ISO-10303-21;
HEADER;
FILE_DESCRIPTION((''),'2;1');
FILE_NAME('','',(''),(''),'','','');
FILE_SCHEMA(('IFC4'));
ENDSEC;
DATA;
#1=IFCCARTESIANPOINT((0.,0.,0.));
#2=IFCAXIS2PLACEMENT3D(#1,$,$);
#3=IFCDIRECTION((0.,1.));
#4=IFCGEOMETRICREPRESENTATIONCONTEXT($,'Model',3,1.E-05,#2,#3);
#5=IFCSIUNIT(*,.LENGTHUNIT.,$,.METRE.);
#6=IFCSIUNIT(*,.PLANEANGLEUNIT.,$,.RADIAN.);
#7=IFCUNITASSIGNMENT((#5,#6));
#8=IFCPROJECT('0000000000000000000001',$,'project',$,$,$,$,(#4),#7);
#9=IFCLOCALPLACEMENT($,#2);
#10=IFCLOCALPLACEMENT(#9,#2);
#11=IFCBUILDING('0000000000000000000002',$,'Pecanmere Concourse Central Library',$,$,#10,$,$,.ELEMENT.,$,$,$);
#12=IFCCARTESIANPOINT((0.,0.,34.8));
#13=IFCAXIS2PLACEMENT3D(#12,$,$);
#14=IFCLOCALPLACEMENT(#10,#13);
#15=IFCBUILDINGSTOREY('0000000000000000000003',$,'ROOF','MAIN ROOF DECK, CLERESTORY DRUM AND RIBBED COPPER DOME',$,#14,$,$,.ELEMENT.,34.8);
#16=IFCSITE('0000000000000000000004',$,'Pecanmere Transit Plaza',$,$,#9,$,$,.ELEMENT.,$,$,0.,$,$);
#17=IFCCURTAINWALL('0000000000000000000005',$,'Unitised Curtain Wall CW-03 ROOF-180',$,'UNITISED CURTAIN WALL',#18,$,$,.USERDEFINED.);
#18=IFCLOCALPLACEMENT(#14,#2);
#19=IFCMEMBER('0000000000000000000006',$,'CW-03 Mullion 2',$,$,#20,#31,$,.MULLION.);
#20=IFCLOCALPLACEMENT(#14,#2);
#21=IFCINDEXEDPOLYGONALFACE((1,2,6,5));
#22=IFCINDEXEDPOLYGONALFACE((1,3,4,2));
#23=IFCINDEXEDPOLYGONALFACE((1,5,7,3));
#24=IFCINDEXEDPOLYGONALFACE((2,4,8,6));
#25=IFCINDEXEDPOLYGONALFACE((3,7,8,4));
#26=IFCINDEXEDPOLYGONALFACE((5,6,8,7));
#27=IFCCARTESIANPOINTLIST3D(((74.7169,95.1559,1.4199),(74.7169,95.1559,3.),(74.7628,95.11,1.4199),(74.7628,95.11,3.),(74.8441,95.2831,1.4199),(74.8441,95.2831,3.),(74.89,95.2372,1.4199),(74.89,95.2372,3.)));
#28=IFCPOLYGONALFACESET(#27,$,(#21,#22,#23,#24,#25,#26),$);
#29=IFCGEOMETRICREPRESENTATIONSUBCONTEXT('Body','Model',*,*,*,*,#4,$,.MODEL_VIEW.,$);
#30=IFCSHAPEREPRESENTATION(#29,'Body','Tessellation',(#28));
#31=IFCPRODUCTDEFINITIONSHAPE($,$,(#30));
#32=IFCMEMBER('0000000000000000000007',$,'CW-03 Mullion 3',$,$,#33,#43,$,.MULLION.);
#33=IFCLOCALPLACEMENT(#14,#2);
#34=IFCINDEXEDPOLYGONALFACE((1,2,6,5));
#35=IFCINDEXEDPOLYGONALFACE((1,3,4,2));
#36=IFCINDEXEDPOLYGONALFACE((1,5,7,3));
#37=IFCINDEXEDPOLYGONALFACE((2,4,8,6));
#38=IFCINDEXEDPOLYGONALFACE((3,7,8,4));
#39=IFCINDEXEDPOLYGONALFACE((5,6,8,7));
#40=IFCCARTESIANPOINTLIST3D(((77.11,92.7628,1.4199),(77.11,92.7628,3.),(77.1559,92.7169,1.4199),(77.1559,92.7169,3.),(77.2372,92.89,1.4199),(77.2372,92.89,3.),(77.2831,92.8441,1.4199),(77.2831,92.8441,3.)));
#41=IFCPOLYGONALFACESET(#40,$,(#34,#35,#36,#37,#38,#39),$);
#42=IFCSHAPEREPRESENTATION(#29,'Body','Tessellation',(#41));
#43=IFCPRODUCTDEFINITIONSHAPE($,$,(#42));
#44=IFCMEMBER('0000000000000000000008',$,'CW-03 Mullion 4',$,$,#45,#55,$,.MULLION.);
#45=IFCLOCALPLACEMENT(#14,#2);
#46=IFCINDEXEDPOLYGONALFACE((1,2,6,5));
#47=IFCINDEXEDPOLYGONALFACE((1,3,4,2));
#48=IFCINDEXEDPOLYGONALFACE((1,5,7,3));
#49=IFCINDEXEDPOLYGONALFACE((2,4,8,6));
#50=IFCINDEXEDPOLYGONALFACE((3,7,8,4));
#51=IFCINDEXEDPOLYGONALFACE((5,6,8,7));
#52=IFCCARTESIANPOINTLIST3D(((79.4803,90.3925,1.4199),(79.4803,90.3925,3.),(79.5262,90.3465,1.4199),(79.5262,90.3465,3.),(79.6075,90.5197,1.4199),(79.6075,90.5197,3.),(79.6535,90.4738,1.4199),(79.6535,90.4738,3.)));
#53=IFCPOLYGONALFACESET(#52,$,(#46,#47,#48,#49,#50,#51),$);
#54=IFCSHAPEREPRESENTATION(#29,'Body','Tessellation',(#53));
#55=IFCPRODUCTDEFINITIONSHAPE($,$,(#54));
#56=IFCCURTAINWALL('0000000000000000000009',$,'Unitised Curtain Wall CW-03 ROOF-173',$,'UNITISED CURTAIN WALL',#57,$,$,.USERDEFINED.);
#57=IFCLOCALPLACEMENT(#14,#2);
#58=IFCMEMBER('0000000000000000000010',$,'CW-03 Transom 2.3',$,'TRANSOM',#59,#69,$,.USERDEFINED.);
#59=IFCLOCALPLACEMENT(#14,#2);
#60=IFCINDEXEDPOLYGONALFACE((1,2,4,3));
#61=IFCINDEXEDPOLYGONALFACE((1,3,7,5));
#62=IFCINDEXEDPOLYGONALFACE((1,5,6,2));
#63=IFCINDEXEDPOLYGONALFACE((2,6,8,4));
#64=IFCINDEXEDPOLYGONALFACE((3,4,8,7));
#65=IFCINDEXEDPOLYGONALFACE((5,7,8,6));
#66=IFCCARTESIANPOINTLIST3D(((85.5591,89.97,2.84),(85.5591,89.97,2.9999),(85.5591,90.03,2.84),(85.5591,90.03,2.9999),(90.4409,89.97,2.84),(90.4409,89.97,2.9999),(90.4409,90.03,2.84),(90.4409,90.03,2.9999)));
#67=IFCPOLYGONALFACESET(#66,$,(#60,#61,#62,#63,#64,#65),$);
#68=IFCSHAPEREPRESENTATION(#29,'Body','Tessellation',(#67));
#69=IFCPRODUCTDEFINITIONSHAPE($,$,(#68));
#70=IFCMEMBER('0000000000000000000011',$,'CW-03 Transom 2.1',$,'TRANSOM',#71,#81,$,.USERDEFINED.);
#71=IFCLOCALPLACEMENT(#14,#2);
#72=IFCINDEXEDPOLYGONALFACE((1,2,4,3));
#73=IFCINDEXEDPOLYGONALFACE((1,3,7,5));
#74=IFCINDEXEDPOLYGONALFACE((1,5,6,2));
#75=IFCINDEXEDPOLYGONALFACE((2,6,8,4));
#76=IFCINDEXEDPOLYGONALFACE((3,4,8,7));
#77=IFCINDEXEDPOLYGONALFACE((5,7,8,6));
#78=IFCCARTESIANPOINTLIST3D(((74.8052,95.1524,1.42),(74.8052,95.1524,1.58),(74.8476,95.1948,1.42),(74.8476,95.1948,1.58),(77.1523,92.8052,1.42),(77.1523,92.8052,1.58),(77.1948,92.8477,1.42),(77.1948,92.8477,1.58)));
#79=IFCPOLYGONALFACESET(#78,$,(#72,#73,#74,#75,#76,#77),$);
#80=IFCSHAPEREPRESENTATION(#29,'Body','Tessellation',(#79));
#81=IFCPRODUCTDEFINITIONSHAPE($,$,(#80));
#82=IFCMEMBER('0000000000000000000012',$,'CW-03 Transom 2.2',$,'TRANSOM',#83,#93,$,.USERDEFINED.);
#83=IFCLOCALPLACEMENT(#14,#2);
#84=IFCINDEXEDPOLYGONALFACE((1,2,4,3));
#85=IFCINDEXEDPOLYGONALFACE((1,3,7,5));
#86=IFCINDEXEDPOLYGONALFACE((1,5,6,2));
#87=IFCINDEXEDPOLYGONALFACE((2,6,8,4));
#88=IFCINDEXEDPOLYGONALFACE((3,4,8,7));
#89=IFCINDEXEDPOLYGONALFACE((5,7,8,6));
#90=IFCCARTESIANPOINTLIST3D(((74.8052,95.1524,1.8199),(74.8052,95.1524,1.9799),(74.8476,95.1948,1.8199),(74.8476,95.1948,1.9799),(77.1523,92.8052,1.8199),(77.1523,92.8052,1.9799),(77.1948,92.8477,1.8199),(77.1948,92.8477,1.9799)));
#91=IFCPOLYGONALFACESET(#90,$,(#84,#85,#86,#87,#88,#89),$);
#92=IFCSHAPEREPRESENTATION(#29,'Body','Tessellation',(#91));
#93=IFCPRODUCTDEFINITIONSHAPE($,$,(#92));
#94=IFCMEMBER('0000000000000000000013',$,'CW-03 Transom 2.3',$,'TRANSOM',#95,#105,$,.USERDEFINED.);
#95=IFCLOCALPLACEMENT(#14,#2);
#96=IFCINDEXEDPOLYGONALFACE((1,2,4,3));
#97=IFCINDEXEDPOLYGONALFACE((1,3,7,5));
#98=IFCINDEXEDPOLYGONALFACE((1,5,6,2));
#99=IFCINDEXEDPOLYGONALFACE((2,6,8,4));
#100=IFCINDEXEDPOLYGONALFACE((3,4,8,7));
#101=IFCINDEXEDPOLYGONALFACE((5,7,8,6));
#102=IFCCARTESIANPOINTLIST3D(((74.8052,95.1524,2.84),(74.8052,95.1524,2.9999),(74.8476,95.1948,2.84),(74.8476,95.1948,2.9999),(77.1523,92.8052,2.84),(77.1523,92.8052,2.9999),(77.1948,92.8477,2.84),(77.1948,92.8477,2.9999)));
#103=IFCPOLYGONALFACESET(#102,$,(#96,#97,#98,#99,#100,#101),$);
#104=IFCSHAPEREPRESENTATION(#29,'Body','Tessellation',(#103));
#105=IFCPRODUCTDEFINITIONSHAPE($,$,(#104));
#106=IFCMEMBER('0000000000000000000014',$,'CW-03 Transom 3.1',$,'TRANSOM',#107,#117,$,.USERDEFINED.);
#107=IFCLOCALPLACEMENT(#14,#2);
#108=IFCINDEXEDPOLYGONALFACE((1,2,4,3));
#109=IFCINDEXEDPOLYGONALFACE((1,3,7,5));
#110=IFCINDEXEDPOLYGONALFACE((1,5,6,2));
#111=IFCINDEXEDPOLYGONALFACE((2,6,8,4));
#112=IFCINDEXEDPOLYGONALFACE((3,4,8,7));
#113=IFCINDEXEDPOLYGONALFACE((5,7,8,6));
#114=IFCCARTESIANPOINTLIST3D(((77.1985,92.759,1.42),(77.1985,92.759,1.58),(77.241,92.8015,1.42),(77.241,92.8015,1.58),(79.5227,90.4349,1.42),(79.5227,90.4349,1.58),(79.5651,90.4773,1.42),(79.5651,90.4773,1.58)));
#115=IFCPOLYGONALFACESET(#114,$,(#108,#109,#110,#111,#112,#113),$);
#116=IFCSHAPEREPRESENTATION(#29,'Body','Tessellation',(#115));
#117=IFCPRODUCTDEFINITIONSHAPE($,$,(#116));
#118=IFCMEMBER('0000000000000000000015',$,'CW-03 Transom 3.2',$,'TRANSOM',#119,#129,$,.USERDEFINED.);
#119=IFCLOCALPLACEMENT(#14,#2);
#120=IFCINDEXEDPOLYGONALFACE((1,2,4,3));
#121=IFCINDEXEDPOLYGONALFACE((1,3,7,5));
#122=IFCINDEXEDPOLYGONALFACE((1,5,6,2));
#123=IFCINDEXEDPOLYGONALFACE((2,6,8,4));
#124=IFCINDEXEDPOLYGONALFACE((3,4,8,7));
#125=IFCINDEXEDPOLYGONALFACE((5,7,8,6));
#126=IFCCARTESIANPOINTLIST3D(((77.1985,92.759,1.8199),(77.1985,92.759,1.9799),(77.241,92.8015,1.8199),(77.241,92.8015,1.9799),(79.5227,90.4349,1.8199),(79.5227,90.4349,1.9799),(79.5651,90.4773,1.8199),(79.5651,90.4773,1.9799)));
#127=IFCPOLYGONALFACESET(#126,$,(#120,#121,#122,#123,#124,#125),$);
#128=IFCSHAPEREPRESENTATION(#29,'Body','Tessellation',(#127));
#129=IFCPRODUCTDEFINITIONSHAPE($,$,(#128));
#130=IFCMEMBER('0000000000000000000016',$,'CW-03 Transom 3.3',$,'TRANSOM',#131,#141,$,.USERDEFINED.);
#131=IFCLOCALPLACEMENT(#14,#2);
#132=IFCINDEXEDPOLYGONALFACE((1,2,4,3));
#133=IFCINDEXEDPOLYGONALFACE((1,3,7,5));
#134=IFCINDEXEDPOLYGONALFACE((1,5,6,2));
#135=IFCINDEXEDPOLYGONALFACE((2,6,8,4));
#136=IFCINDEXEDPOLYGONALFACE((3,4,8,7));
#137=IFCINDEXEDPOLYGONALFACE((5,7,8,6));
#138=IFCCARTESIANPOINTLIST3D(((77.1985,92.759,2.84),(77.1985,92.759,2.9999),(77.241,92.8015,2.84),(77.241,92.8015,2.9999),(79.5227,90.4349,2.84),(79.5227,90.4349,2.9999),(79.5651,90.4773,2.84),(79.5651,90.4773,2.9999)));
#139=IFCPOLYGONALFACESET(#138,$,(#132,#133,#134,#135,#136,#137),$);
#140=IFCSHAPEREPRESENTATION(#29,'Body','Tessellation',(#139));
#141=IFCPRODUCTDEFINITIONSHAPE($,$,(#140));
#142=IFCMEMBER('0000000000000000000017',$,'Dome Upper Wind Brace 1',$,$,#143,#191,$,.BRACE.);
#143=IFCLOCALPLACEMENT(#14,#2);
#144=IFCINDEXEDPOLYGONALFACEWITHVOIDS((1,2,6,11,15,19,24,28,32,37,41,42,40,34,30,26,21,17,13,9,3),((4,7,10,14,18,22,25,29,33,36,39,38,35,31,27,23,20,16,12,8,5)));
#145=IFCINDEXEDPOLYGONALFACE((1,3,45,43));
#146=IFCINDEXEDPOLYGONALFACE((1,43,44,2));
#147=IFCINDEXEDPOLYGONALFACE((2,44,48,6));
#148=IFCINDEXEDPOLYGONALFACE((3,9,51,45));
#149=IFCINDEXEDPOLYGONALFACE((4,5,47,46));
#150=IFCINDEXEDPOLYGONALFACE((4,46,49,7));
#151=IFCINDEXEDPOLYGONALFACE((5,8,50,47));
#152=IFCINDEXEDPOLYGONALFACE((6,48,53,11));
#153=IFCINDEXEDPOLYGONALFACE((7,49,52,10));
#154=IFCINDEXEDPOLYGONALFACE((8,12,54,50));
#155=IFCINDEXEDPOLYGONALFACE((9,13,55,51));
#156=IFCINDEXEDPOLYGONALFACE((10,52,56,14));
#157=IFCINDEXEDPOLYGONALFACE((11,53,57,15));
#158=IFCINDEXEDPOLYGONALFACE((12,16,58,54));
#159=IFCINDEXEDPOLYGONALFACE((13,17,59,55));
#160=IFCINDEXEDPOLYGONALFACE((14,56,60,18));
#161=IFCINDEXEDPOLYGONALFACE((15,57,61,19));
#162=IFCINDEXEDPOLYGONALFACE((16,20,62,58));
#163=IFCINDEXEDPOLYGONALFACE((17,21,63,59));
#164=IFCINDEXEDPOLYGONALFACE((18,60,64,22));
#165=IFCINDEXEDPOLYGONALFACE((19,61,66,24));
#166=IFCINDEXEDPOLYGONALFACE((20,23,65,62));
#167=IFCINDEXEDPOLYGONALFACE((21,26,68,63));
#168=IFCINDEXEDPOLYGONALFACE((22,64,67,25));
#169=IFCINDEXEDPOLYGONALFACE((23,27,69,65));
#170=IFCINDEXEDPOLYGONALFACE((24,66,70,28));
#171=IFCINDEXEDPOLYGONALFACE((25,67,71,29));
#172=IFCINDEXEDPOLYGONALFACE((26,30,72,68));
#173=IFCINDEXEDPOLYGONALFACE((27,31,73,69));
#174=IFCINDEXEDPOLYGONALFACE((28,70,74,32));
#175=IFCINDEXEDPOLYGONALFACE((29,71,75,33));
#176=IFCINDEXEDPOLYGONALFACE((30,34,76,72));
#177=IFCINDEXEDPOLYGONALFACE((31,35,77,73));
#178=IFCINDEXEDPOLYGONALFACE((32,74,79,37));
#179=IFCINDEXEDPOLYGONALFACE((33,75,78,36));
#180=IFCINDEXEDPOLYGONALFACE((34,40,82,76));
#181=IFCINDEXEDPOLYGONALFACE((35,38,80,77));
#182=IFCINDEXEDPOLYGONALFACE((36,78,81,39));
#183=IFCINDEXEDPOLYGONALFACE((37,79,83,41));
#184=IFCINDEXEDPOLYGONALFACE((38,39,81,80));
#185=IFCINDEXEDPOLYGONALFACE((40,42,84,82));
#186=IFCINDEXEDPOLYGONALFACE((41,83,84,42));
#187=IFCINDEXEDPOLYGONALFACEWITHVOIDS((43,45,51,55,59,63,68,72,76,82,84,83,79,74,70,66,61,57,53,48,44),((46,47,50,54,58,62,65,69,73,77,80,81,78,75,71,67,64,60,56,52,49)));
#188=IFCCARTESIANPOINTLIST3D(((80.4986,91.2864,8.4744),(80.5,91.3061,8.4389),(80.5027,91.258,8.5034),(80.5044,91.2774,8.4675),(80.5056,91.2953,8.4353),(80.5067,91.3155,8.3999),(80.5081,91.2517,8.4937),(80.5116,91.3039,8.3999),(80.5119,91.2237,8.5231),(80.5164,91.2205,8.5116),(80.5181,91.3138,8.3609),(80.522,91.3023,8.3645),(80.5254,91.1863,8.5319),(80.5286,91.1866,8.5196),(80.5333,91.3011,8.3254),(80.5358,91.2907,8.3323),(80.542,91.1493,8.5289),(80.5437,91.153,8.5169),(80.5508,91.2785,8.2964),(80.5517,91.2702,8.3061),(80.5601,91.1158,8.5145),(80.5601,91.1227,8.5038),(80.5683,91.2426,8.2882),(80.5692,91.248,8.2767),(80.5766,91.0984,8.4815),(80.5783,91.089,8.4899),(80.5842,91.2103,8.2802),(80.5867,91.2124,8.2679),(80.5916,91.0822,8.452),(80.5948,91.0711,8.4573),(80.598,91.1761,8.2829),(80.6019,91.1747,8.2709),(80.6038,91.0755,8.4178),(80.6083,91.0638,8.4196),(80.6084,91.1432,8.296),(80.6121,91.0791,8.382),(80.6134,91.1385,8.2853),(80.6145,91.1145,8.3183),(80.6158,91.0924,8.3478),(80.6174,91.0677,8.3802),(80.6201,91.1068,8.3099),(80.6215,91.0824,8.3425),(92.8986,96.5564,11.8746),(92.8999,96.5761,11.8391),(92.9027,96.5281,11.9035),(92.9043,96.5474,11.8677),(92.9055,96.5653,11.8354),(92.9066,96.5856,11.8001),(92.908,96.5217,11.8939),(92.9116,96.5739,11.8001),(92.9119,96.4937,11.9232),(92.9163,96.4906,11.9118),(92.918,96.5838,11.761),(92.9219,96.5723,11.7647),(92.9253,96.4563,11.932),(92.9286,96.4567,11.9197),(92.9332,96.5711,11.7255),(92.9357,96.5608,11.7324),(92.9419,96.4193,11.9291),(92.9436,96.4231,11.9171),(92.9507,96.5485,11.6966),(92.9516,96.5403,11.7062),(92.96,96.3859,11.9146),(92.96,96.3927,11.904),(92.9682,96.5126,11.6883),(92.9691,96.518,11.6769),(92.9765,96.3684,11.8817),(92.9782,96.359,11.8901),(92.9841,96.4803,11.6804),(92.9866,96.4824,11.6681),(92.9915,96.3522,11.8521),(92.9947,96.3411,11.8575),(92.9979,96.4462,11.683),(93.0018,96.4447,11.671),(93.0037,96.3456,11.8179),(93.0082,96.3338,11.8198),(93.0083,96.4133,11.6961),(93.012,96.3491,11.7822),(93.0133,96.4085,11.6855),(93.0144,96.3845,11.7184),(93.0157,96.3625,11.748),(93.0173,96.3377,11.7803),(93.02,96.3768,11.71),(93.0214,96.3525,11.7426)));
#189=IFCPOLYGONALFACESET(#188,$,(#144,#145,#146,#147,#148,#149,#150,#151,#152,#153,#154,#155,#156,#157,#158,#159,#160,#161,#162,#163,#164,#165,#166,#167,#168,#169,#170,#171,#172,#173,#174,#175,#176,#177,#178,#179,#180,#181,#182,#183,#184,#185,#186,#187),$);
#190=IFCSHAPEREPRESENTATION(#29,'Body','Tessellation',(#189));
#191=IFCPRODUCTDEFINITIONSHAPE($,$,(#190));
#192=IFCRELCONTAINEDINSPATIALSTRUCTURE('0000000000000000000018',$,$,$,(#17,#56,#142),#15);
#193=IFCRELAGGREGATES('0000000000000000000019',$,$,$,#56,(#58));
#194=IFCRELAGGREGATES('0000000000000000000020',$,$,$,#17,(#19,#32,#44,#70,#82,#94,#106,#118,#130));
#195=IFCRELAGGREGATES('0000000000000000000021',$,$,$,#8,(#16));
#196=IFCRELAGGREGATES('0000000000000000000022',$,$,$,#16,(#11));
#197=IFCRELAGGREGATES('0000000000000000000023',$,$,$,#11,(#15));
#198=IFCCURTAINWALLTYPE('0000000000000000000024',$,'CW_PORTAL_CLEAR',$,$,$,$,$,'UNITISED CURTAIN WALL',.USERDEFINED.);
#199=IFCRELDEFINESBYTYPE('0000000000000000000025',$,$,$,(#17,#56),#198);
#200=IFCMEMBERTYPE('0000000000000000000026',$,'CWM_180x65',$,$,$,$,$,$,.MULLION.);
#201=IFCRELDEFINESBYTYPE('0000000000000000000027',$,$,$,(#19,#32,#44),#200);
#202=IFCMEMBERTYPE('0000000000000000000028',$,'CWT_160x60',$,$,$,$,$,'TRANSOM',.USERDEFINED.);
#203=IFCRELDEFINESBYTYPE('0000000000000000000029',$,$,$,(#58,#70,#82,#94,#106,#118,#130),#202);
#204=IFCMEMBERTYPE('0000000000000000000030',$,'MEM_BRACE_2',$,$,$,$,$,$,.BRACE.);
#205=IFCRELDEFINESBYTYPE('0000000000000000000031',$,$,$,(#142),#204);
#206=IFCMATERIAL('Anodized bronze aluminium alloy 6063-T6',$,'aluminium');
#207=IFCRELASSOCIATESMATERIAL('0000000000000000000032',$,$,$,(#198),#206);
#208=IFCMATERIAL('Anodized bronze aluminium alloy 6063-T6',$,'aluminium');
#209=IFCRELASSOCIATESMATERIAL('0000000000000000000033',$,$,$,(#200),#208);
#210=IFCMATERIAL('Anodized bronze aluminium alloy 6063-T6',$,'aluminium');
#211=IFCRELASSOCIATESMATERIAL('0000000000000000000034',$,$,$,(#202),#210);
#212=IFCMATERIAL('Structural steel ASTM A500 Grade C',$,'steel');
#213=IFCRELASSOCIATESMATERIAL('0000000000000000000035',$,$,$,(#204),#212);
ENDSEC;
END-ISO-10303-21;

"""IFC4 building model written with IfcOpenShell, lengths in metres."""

from ifc_helpers import new_model, si_unit, direction, frame, origin, origin_2d, place, context, subcontext, project, spatial, rectangle, hollow_circle, extrude, material, material_profile, profile_set, type_object, element, aggregate, save


model = new_model("IFC4")

# Units and contexts
model_context = context("Model", 3, precision=1e-05, world=origin(), true_north=direction((0.0, 1.0)))
body_context = subcontext(model_context, "Body", "Model", "MODEL_VIEW")
ifc_project = project(units=[si_unit("LENGTHUNIT", "METRE"), si_unit("PLANEANGLEUNIT", "RADIAN")], contexts=[model_context])

# Site, building, storey
site_placement = place(None, origin())
site = spatial("IfcSite", under=ifc_project, at=site_placement, Name="Pecanmere Transit Plaza", CompositionType="ELEMENT", RefElevation=0.0)
building_placement = place(site_placement, origin())
building = spatial("IfcBuilding", under=site, at=building_placement, Name="Pecanmere Concourse Central Library", CompositionType="ELEMENT")
storey_placement = place(building_placement, frame((0.0, 0.0, 34.8)))
storey = spatial("IfcBuildingStorey", under=building, at=storey_placement, Name="ROOF", Description="MAIN ROOF DECK, CLERESTORY DRUM AND RIBBED COPPER DOME", CompositionType="ELEMENT", Elevation=34.8)

# Curtain wall, members
ifc_material_1 = material(Name="Anodized bronze aluminium alloy 6063-T6", Category="aluminium")
curtain_wall_type = type_object("IfcCurtainWallType", Name="CW_PORTAL_CLEAR", ElementType="UNITISED CURTAIN WALL", PredefinedType="USERDEFINED", material=ifc_material_1)
curtain_wall_1_placement = place(storey_placement, origin())
curtain_wall_1 = element("IfcCurtainWall", 1, at=curtain_wall_1_placement, inside=storey, type_object=curtain_wall_type, Name="Unitised Curtain Wall CW-03 ROOF-180", ObjectType="UNITISED CURTAIN WALL", PredefinedType="USERDEFINED")
ifc_material_2 = material(Name="Anodized bronze aluminium alloy 6063-T6", Category="aluminium")
ifc_material_profile_1 = material_profile(ifc_material_2, rectangle(XDim=0.0649, YDim=0.1799, at=origin_2d()), Name="AL 65x180")
ifc_profile_set_1 = profile_set([ifc_material_profile_1], Name="Anodized bronze aluminium alloy 6063-T6")
member_type_1 = type_object("IfcMemberType", Name="CWM_180x65", PredefinedType="MULLION", material=ifc_profile_set_1)
member_1_placement = place(storey_placement, frame((74.8035, 95.1965, 1.4199), z_axis=(0.0, 0.0, 1.0), x_axis=(0.707107, -0.707107, 0.0)))
member_1 = element("IfcMember", 2, at=member_1_placement, type_object=member_type_1, Name="CW-03 Mullion 2", PredefinedType="MULLION", context=body_context, shape_type="SweptSolid", body=[
    extrude(rectangle(XDim=0.0649, YDim=0.1799, at=origin_2d()), origin(), (0.0, 0.0, 1.0), 1.5801),
])
member_2_placement = place(storey_placement, frame((77.1965, 92.8035, 1.4199), z_axis=(0.0, 0.0, 1.0), x_axis=(0.707107, -0.707107, 0.0)))
member_2 = element("IfcMember", 3, at=member_2_placement, type_object=member_type_1, Name="CW-03 Mullion 3", PredefinedType="MULLION", context=body_context, shape_type="SweptSolid", body=[
    extrude(rectangle(XDim=0.0649, YDim=0.1799, at=origin_2d()), origin(), (0.0, 0.0, 1.0), 1.5801),
])
member_3_placement = place(storey_placement, frame((79.5669, 90.4331, 1.4199), z_axis=(0.0, 0.0, 1.0), x_axis=(0.707107, -0.707107, 0.0)))
member_3 = element("IfcMember", 4, at=member_3_placement, type_object=member_type_1, Name="CW-03 Mullion 4", PredefinedType="MULLION", context=body_context, shape_type="SweptSolid", body=[
    extrude(rectangle(XDim=0.0649, YDim=0.1799, at=origin_2d()), origin(), (0.0, 0.0, 1.0), 1.5801),
])

# Curtain wall, member
curtain_wall_2_placement = place(storey_placement, origin())
curtain_wall_2 = element("IfcCurtainWall", 5, at=curtain_wall_2_placement, inside=storey, type_object=curtain_wall_type, Name="Unitised Curtain Wall CW-03 ROOF-173", ObjectType="UNITISED CURTAIN WALL", PredefinedType="USERDEFINED")
ifc_material_3 = material(Name="Anodized bronze aluminium alloy 6063-T6", Category="aluminium")
ifc_material_profile_2 = material_profile(ifc_material_3, rectangle(XDim=0.0601, YDim=0.1599, at=origin_2d()), Name="AL 60x160")
ifc_profile_set_2 = profile_set([ifc_material_profile_2], Name="Anodized bronze aluminium alloy 6063-T6")
member_type_2 = type_object("IfcMemberType", Name="CWT_160x60", ElementType="TRANSOM", PredefinedType="USERDEFINED", material=ifc_profile_set_2)
member_4_placement = place(storey_placement, frame((85.5591, 90.0, 2.9199), z_axis=(1.0, 0.0, 0.0), x_axis=(0.0, 1.0, 0.0)))
member_4 = element("IfcMember", 6, at=member_4_placement, type_object=member_type_2, Name="CW-03 Transom 2.3", ObjectType="TRANSOM", PredefinedType="USERDEFINED", context=body_context, shape_type="SweptSolid", body=[
    extrude(rectangle(XDim=0.0601, YDim=0.1599, at=origin_2d()), origin(), (0.0, 0.0, 1.0), 4.8818),
])
aggregate(curtain_wall_2, [member_4])

# Members
member_5_placement = place(storey_placement, frame((74.8264, 95.1736, 1.5), z_axis=(0.707107, -0.707107, 0.0), x_axis=(0.707107, 0.707107, 0.0)))
member_5 = element("IfcMember", 7, at=member_5_placement, type_object=member_type_2, Name="CW-03 Transom 2.1", ObjectType="TRANSOM", PredefinedType="USERDEFINED", context=body_context, shape_type="SweptSolid", body=[
    extrude(rectangle(XDim=0.0601, YDim=0.1599, at=origin_2d()), origin(), (0.0, 0.0, 1.0), 3.3193),
])
member_6_placement = place(storey_placement, frame((74.8264, 95.1736, 1.8999), z_axis=(0.707107, -0.707107, 0.0), x_axis=(0.707107, 0.707107, 0.0)))
member_6 = element("IfcMember", 8, at=member_6_placement, type_object=member_type_2, Name="CW-03 Transom 2.2", ObjectType="TRANSOM", PredefinedType="USERDEFINED", context=body_context, shape_type="SweptSolid", body=[
    extrude(rectangle(XDim=0.0601, YDim=0.1599, at=origin_2d()), origin(), (0.0, 0.0, 1.0), 3.3193),
])
member_7_placement = place(storey_placement, frame((74.8264, 95.1736, 2.9199), z_axis=(0.707107, -0.707107, 0.0), x_axis=(0.707107, 0.707107, 0.0)))
member_7 = element("IfcMember", 9, at=member_7_placement, type_object=member_type_2, Name="CW-03 Transom 2.3", ObjectType="TRANSOM", PredefinedType="USERDEFINED", context=body_context, shape_type="SweptSolid", body=[
    extrude(rectangle(XDim=0.0601, YDim=0.1599, at=origin_2d()), origin(), (0.0, 0.0, 1.0), 3.3193),
])
member_8_placement = place(storey_placement, frame((77.2197, 92.7803, 1.5), z_axis=(0.707107, -0.707107, 0.0), x_axis=(0.707107, 0.707107, 0.0)))
member_8 = element("IfcMember", 10, at=member_8_placement, type_object=member_type_2, Name="CW-03 Transom 3.1", ObjectType="TRANSOM", PredefinedType="USERDEFINED", context=body_context, shape_type="SweptSolid", body=[
    extrude(rectangle(XDim=0.0601, YDim=0.1599, at=origin_2d()), origin(), (0.0, 0.0, 1.0), 3.2869),
])
member_9_placement = place(storey_placement, frame((77.2197, 92.7803, 1.8999), z_axis=(0.707107, -0.707107, 0.0), x_axis=(0.707107, 0.707107, 0.0)))
member_9 = element("IfcMember", 11, at=member_9_placement, type_object=member_type_2, Name="CW-03 Transom 3.2", ObjectType="TRANSOM", PredefinedType="USERDEFINED", context=body_context, shape_type="SweptSolid", body=[
    extrude(rectangle(XDim=0.0601, YDim=0.1599, at=origin_2d()), origin(), (0.0, 0.0, 1.0), 3.2869),
])
member_10_placement = place(storey_placement, frame((77.2197, 92.7803, 2.9199), z_axis=(0.707107, -0.707107, 0.0), x_axis=(0.707107, 0.707107, 0.0)))
member_10 = element("IfcMember", 12, at=member_10_placement, type_object=member_type_2, Name="CW-03 Transom 3.3", ObjectType="TRANSOM", PredefinedType="USERDEFINED", context=body_context, shape_type="SweptSolid", body=[
    extrude(rectangle(XDim=0.0601, YDim=0.1599, at=origin_2d()), origin(), (0.0, 0.0, 1.0), 3.2869),
])

# Member
ifc_material_4 = material(Name="Structural steel ASTM A500 Grade C", Category="steel")
ifc_material_profile_3 = material_profile(ifc_material_4, hollow_circle(Radius=0.1365, WallThickness=0.0127, at=origin_2d()), Name="HSS273.1x12.7")
ifc_profile_set_3 = profile_set([ifc_material_profile_3], Name="Structural steel ASTM A500 Grade C")
member_type_3 = type_object("IfcMemberType", Name="MEM_BRACE_2", PredefinedType="BRACE", material=ifc_profile_set_3)
member_11_placement = place(storey_placement, frame((80.5601, 91.1899, 8.3999), z_axis=(0.892353, 0.379254, 0.24469), x_axis=(-0.391144, 0.920329, 0.0)))
element("IfcMember", 13, at=member_11_placement, inside=storey, type_object=member_type_3, Name="Dome Upper Wind Brace 1", PredefinedType="BRACE", context=body_context, shape_type="SweptSolid", body=[
    extrude(hollow_circle(Radius=0.1365, WallThickness=0.0127, at=origin_2d()), origin(), (0.0, 0.0, 1.0), 13.8958),
])

aggregate(curtain_wall_1, [member_1, member_2, member_3, member_5, member_6, member_7, member_8, member_9, member_10])

save(model, "model.ifc")
